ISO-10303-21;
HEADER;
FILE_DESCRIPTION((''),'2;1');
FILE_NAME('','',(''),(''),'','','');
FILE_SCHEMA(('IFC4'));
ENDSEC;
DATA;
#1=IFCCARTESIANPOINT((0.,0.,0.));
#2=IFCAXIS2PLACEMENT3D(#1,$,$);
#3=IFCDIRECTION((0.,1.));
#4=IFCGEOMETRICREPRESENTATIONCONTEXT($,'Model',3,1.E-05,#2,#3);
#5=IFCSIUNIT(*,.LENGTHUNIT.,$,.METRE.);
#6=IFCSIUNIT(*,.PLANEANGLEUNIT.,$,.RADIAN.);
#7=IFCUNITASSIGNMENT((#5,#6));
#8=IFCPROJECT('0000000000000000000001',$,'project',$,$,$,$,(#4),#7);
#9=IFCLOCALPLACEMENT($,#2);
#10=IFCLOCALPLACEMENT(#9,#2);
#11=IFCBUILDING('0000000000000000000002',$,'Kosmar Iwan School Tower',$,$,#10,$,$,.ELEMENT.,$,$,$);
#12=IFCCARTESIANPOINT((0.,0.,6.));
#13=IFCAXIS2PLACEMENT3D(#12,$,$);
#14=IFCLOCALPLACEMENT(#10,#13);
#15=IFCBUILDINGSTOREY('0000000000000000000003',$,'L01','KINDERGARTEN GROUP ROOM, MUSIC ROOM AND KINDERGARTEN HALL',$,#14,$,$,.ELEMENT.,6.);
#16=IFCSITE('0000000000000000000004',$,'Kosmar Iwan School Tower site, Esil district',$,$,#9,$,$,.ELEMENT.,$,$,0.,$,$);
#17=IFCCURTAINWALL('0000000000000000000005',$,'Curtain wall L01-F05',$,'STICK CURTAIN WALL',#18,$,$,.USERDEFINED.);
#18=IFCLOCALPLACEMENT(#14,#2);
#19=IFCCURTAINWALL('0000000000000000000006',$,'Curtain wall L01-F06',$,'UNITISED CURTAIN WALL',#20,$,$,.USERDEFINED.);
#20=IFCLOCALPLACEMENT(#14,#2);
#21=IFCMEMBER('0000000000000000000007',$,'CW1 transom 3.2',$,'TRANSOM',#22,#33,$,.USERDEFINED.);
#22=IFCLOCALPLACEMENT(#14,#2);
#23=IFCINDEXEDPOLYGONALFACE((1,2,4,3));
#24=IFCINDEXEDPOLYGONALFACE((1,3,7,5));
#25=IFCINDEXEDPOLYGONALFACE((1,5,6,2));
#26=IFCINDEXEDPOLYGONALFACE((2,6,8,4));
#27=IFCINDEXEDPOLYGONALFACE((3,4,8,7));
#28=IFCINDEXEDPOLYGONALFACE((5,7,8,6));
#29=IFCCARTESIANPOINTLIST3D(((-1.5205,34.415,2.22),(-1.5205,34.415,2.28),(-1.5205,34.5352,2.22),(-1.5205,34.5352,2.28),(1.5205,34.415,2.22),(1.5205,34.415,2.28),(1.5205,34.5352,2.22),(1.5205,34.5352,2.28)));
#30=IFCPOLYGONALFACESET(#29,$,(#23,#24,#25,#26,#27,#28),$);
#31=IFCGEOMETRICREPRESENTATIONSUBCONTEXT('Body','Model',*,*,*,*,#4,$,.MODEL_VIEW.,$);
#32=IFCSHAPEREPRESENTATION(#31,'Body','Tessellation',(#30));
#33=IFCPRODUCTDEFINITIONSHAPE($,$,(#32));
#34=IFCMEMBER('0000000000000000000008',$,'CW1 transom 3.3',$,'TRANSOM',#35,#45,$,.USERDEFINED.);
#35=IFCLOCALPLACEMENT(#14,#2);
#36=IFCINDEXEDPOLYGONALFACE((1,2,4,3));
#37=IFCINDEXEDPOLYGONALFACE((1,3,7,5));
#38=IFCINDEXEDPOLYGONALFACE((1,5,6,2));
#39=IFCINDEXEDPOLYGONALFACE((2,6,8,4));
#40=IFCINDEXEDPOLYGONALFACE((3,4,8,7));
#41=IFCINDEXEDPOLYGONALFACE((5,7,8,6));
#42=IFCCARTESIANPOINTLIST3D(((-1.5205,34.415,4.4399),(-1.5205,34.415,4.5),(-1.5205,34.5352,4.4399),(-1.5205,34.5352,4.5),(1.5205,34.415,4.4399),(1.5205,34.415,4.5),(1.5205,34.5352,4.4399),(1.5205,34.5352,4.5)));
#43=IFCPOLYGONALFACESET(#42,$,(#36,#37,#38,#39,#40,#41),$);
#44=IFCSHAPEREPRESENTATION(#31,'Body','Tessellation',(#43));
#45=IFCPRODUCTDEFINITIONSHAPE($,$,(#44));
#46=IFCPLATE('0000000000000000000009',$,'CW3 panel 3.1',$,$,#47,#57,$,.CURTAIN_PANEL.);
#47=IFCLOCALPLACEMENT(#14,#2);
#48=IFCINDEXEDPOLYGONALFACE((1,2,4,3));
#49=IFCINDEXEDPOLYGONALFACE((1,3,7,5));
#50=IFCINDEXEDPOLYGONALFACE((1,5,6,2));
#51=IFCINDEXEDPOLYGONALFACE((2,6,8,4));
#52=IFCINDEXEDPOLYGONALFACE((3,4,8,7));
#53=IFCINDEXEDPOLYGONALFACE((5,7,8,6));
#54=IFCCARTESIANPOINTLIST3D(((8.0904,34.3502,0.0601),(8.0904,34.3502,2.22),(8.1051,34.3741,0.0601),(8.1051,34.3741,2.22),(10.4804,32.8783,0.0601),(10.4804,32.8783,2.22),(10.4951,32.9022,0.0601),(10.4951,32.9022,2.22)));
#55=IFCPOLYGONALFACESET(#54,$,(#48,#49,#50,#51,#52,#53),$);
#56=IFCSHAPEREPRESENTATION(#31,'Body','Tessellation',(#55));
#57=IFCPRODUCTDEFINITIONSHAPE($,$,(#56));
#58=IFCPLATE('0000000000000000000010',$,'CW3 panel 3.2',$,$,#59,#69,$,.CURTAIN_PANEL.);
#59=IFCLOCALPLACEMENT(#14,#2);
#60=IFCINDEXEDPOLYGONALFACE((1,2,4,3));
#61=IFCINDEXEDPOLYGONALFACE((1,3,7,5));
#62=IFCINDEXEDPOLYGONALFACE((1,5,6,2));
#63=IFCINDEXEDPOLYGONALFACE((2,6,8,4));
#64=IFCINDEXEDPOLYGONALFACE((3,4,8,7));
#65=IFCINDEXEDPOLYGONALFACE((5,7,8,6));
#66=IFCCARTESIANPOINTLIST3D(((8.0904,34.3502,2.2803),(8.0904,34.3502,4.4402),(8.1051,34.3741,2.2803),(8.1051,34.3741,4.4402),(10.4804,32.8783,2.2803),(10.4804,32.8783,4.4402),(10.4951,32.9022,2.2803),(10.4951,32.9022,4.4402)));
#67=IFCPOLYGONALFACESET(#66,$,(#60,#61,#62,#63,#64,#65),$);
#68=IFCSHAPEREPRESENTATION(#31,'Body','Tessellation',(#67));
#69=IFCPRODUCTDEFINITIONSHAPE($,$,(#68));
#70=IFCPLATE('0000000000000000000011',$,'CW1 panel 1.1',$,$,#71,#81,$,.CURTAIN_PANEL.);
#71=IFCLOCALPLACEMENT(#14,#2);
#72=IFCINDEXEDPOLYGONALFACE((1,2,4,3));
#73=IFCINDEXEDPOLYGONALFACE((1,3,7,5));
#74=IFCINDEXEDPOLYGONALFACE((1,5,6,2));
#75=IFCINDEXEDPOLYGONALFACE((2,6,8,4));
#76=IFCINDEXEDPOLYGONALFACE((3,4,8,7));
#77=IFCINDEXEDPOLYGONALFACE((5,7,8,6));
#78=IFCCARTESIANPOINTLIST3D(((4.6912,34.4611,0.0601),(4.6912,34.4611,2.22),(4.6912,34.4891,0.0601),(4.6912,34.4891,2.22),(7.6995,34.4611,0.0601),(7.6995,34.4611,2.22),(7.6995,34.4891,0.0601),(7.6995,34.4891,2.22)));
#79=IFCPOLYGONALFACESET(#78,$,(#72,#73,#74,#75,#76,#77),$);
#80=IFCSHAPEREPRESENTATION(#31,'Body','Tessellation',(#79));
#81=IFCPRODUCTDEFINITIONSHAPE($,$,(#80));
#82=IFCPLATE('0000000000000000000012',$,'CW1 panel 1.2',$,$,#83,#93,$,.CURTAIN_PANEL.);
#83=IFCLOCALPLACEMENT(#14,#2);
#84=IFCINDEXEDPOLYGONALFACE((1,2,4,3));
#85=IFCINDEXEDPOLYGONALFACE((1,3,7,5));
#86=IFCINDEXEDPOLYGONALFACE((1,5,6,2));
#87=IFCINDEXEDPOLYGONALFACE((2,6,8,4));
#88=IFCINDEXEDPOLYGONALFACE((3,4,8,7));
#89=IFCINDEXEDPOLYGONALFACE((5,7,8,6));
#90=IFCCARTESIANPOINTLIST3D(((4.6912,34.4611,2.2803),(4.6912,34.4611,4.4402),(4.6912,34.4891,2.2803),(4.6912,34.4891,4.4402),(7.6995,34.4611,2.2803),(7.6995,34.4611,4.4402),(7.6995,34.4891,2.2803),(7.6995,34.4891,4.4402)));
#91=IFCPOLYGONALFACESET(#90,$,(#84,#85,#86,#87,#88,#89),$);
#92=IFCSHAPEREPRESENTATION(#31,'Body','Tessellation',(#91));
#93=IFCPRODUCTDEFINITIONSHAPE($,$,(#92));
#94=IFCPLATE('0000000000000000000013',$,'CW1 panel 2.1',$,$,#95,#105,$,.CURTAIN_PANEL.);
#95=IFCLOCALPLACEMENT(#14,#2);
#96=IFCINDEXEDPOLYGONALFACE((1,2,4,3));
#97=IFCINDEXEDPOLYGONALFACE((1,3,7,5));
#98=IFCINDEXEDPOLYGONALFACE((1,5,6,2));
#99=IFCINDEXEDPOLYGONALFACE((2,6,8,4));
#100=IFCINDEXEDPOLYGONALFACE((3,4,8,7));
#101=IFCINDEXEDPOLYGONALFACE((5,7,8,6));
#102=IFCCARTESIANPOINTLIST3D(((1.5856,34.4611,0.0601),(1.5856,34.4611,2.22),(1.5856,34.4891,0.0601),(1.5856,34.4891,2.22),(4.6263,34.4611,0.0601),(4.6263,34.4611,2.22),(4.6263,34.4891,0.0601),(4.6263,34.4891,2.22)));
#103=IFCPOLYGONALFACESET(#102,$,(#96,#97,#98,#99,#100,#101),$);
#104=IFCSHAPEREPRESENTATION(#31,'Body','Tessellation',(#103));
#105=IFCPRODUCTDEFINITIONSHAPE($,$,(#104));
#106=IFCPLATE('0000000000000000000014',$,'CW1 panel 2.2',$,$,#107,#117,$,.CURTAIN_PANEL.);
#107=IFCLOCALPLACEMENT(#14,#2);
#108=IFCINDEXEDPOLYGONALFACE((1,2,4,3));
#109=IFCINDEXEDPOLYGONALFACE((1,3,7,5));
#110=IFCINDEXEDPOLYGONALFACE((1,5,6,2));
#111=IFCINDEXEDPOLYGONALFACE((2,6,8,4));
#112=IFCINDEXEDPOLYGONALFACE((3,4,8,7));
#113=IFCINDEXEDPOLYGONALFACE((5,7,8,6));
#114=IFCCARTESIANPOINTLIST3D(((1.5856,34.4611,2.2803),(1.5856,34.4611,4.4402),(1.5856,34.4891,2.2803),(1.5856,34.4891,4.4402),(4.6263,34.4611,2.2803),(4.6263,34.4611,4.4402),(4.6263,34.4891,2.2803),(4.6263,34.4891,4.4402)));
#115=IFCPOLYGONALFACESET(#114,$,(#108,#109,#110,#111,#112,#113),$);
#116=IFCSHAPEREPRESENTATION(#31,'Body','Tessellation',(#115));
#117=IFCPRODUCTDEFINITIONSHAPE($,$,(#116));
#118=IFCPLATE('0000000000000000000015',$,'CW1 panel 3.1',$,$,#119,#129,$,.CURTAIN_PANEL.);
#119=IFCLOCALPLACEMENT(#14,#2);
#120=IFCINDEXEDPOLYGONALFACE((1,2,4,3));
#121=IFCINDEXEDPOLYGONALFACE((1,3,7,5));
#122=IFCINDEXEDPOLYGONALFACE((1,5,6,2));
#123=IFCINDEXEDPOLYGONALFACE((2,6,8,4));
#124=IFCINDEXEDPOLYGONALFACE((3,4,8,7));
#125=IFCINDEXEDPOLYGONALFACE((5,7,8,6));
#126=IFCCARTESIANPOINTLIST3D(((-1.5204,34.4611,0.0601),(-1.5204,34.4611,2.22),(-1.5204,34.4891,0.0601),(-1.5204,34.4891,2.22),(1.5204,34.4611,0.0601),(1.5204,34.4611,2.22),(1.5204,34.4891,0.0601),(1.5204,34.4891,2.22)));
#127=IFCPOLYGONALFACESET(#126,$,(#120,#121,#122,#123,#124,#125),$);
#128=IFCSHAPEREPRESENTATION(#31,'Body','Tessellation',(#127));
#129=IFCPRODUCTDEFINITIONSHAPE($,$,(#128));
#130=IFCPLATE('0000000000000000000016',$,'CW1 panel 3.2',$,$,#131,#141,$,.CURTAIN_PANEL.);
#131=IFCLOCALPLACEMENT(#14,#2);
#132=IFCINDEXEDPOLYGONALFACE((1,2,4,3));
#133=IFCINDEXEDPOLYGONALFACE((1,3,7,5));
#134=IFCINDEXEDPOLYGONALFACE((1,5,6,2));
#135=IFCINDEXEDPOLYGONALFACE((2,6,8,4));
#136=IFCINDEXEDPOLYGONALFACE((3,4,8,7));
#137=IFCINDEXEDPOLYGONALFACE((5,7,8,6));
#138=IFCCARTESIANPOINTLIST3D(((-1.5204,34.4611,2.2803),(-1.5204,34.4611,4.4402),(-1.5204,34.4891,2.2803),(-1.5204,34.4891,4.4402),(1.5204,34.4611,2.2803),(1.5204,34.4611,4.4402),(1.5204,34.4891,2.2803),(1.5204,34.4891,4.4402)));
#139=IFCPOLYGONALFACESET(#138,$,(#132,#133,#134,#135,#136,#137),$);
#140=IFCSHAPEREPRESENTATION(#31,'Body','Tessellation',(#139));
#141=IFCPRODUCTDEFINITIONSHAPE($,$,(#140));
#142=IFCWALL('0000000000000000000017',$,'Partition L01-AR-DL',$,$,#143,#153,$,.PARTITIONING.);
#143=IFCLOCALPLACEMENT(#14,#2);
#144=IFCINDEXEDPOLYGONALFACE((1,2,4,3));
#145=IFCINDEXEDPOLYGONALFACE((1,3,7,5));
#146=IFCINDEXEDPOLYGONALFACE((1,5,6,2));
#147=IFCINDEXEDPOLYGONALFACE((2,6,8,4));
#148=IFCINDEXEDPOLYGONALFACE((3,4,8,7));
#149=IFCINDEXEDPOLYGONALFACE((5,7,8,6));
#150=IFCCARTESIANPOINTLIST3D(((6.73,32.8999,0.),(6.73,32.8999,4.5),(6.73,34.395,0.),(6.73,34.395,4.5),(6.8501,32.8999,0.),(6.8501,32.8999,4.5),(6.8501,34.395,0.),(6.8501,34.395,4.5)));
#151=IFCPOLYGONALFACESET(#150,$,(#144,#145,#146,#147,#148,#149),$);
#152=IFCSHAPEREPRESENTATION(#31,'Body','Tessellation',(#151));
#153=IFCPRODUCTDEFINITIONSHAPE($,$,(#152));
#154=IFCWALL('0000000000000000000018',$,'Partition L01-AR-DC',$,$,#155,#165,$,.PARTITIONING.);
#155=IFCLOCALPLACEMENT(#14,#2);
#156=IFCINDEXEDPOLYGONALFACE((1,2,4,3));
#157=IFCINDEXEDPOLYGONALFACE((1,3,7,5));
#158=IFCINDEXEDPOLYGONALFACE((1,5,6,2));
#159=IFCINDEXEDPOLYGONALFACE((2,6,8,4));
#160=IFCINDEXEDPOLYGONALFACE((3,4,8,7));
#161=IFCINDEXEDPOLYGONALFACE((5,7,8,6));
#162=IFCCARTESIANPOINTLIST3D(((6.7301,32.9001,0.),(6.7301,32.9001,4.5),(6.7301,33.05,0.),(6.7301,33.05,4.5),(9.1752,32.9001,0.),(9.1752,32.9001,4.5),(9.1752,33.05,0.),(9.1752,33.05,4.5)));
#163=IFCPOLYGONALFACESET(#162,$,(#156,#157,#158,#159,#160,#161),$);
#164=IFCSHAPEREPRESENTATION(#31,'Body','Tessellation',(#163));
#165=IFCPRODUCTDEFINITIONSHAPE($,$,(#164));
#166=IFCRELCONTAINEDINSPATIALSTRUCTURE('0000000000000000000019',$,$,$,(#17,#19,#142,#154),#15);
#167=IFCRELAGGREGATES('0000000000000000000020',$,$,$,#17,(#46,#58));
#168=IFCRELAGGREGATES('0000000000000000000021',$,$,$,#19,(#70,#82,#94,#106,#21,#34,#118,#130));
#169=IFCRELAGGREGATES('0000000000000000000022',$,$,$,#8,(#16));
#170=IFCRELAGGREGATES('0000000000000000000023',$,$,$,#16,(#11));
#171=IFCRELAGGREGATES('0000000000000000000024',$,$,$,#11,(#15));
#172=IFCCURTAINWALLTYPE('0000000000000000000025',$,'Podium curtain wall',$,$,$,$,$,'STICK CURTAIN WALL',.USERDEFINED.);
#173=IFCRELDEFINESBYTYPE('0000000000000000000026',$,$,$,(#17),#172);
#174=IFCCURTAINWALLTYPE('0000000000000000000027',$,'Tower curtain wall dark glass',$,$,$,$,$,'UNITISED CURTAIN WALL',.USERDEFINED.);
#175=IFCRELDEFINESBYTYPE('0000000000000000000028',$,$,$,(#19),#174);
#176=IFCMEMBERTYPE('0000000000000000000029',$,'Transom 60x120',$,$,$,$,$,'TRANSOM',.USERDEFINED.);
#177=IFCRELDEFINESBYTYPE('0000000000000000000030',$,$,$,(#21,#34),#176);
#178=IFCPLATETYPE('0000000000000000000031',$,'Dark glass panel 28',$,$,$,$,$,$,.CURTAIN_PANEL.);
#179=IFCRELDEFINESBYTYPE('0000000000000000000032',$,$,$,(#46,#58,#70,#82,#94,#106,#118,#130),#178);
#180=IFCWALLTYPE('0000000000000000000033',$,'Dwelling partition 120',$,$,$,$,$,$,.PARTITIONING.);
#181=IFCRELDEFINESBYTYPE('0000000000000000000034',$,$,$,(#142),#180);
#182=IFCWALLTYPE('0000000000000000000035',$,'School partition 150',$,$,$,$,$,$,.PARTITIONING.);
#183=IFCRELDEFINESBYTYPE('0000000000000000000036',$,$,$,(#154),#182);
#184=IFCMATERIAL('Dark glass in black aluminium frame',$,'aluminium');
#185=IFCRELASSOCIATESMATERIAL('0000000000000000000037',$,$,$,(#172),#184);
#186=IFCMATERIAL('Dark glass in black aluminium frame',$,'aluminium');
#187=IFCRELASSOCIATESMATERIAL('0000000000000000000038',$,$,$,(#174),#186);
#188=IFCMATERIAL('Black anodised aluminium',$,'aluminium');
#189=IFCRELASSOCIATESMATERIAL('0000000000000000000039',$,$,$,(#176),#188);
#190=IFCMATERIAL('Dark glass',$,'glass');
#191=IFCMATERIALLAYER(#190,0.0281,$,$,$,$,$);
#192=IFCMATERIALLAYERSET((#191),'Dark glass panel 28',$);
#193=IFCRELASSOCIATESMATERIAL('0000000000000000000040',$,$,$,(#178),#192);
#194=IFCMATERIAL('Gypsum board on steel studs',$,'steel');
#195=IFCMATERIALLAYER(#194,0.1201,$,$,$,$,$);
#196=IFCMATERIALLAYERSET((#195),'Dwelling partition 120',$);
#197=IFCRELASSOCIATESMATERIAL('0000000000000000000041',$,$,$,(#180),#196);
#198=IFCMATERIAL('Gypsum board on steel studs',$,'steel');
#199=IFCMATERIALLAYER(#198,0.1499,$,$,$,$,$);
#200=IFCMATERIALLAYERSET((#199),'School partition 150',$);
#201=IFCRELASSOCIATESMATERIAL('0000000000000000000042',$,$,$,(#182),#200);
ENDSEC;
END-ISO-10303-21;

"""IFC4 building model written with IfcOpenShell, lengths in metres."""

from ifc_helpers import new_model, si_unit, direction, frame, frame_2d, origin, origin_2d, place, context, subcontext, project, spatial, rectangle, extrude, material, layer, layer_set, material_profile, profile_set, type_object, element, aggregate, save


model = new_model("IFC4")

# Units and contexts
model_context = context("Model", 3, precision=1e-05, world=origin(), true_north=direction((0.0, 1.0)))
body_context = subcontext(model_context, "Body", "Model", "MODEL_VIEW")
ifc_project = project(units=[si_unit("LENGTHUNIT", "METRE"), si_unit("PLANEANGLEUNIT", "RADIAN")], contexts=[model_context])

# Site, building, storey
site_placement = place(None, origin())
site = spatial("IfcSite", under=ifc_project, at=site_placement, Name="Kosmar Iwan School Tower site, Esil district", CompositionType="ELEMENT", RefElevation=0.0)
building_placement = place(site_placement, origin())
building = spatial("IfcBuilding", under=site, at=building_placement, Name="Kosmar Iwan School Tower", CompositionType="ELEMENT")
storey_placement = place(building_placement, frame((0.0, 0.0, 6.0)))
storey = spatial("IfcBuildingStorey", under=building, at=storey_placement, Name="L01", Description="KINDERGARTEN GROUP ROOM, MUSIC ROOM AND KINDERGARTEN HALL", CompositionType="ELEMENT", Elevation=6.0)

# Curtain wall
ifc_material_1 = material(Name="Dark glass in black aluminium frame", Category="aluminium")
curtain_wall_type_1 = type_object("IfcCurtainWallType", Name="Podium curtain wall", ElementType="STICK CURTAIN WALL", PredefinedType="USERDEFINED", material=ifc_material_1)
curtain_wall_1_placement = place(storey_placement, origin())
curtain_wall_1 = element("IfcCurtainWall", 1, at=curtain_wall_1_placement, inside=storey, type_object=curtain_wall_type_1, Name="Curtain wall L01-F05", ObjectType="STICK CURTAIN WALL", PredefinedType="USERDEFINED")

# Curtain wall
ifc_material_2 = material(Name="Dark glass in black aluminium frame", Category="aluminium")
curtain_wall_type_2 = type_object("IfcCurtainWallType", Name="Tower curtain wall dark glass", ElementType="UNITISED CURTAIN WALL", PredefinedType="USERDEFINED", material=ifc_material_2)
curtain_wall_2_placement = place(storey_placement, origin())
curtain_wall_2 = element("IfcCurtainWall", 2, at=curtain_wall_2_placement, inside=storey, type_object=curtain_wall_type_2, Name="Curtain wall L01-F06", ObjectType="UNITISED CURTAIN WALL", PredefinedType="USERDEFINED")

# Members
ifc_material_3 = material(Name="Black anodised aluminium", Category="aluminium")
ifc_material_profile_1 = material_profile(ifc_material_3, rectangle(XDim=0.1201, YDim=0.0601, at=origin_2d()), Name="TRANSOM 60x120")
ifc_profile_set_1 = profile_set([ifc_material_profile_1], Name="Black anodised aluminium")
member_type_1 = type_object("IfcMemberType", Name="Transom 60x120", ElementType="TRANSOM", PredefinedType="USERDEFINED", material=ifc_profile_set_1)
member_1_placement = place(storey_placement, frame((1.5205, 34.4751, 2.25), z_axis=(-1.0, 0.0, 0.0), x_axis=(0.0, -1.0, 0.0)))
member_1 = element("IfcMember", 3, at=member_1_placement, type_object=member_type_1, Name="CW1 transom 3.2", ObjectType="TRANSOM", PredefinedType="USERDEFINED", context=body_context, shape_type="SweptSolid", body=[
    extrude(rectangle(XDim=0.1201, YDim=0.0601, at=origin_2d()), origin(), (0.0, 0.0, 1.0), 3.041),
])
member_2_placement = place(storey_placement, frame((1.5205, 34.4751, 4.47), z_axis=(-1.0, 0.0, 0.0), x_axis=(0.0, -1.0, 0.0)))
member_2 = element("IfcMember", 4, at=member_2_placement, type_object=member_type_1, Name="CW1 transom 3.3", ObjectType="TRANSOM", PredefinedType="USERDEFINED", context=body_context, shape_type="SweptSolid", body=[
    extrude(rectangle(XDim=0.1201, YDim=0.0601, at=origin_2d()), origin(), (0.0, 0.0, 1.0), 3.041),
])

# Plates
ifc_material_4 = material(Name="Dark glass", Category="glass")
ifc_layer_1 = layer(ifc_material_4, 0.0281)
ifc_layer_set_1 = layer_set([ifc_layer_1], Name="Dark glass panel 28")
plate_type = type_object("IfcPlateType", Name="Dark glass panel 28", PredefinedType="CURTAIN_PANEL", material=ifc_layer_set_1)
plate_1_placement = place(storey_placement, frame((9.2927, 33.6262, 0.0601), z_axis=(0.0, 0.0, 1.0), x_axis=(-0.851483, 0.524382, 0.0)))
plate_1 = element("IfcPlate", 5, at=plate_1_placement, type_object=plate_type, Name="CW3 panel 3.1", PredefinedType="CURTAIN_PANEL", context=body_context, shape_type="SweptSolid", body=[
    extrude(rectangle(XDim=2.8069, YDim=0.0281, at=origin_2d()), origin(), (0.0, 0.0, 1.0), 2.1599),
])
plate_2_placement = place(storey_placement, frame((9.2927, 33.6262, 2.2803), z_axis=(0.0, 0.0, 1.0), x_axis=(-0.851483, 0.524382, 0.0)))
plate_2 = element("IfcPlate", 6, at=plate_2_placement, type_object=plate_type, Name="CW3 panel 3.2", PredefinedType="CURTAIN_PANEL", context=body_context, shape_type="SweptSolid", body=[
    extrude(rectangle(XDim=2.8069, YDim=0.0281, at=origin_2d()), origin(), (0.0, 0.0, 1.0), 2.1599),
])
aggregate(curtain_wall_1, [plate_1, plate_2])
plate_3_placement = place(storey_placement, frame((6.1953, 34.4751, 0.0601), z_axis=(0.0, 0.0, 1.0), x_axis=(-1.0, 0.0, 0.0)))
plate_3 = element("IfcPlate", 7, at=plate_3_placement, type_object=plate_type, Name="CW1 panel 1.1", PredefinedType="CURTAIN_PANEL", context=body_context, shape_type="SweptSolid", body=[
    extrude(rectangle(XDim=3.0083, YDim=0.0281, at=origin_2d()), origin(), (0.0, 0.0, 1.0), 2.1599),
])
plate_4_placement = place(storey_placement, frame((6.1953, 34.4751, 2.2803), z_axis=(0.0, 0.0, 1.0), x_axis=(-1.0, 0.0, 0.0)))
plate_4 = element("IfcPlate", 8, at=plate_4_placement, type_object=plate_type, Name="CW1 panel 1.2", PredefinedType="CURTAIN_PANEL", context=body_context, shape_type="SweptSolid", body=[
    extrude(rectangle(XDim=3.0083, YDim=0.0281, at=origin_2d()), origin(), (0.0, 0.0, 1.0), 2.1599),
])
plate_5_placement = place(storey_placement, frame((3.106, 34.4751, 0.0601), z_axis=(0.0, 0.0, 1.0), x_axis=(-1.0, 0.0, 0.0)))
plate_5 = element("IfcPlate", 9, at=plate_5_placement, type_object=plate_type, Name="CW1 panel 2.1", PredefinedType="CURTAIN_PANEL", context=body_context, shape_type="SweptSolid", body=[
    extrude(rectangle(XDim=3.0408, YDim=0.0281, at=origin_2d()), origin(), (0.0, 0.0, 1.0), 2.1599),
])
plate_6_placement = place(storey_placement, frame((3.106, 34.4751, 2.2803), z_axis=(0.0, 0.0, 1.0), x_axis=(-1.0, 0.0, 0.0)))
plate_6 = element("IfcPlate", 10, at=plate_6_placement, type_object=plate_type, Name="CW1 panel 2.2", PredefinedType="CURTAIN_PANEL", context=body_context, shape_type="SweptSolid", body=[
    extrude(rectangle(XDim=3.0408, YDim=0.0281, at=origin_2d()), origin(), (0.0, 0.0, 1.0), 2.1599),
])
plate_7_placement = place(storey_placement, frame((0.0, 34.4751, 0.0601), z_axis=(0.0, 0.0, 1.0), x_axis=(-1.0, 0.0, 0.0)))
plate_7 = element("IfcPlate", 11, at=plate_7_placement, type_object=plate_type, Name="CW1 panel 3.1", PredefinedType="CURTAIN_PANEL", context=body_context, shape_type="SweptSolid", body=[
    extrude(rectangle(XDim=3.0408, YDim=0.0281, at=origin_2d()), origin(), (0.0, 0.0, 1.0), 2.1599),
])
plate_8_placement = place(storey_placement, frame((0.0, 34.4751, 2.2803), z_axis=(0.0, 0.0, 1.0), x_axis=(-1.0, 0.0, 0.0)))
plate_8 = element("IfcPlate", 12, at=plate_8_placement, type_object=plate_type, Name="CW1 panel 3.2", PredefinedType="CURTAIN_PANEL", context=body_context, shape_type="SweptSolid", body=[
    extrude(rectangle(XDim=3.0408, YDim=0.0281, at=origin_2d()), origin(), (0.0, 0.0, 1.0), 2.1599),
])
aggregate(curtain_wall_2, [plate_3, plate_4, plate_5, plate_6, member_1, member_2, plate_7, plate_8])

# Walls
ifc_material_5 = material(Name="Gypsum board on steel studs", Category="steel")
ifc_layer_2 = layer(ifc_material_5, 0.1201)
ifc_layer_set_2 = layer_set([ifc_layer_2], Name="Dwelling partition 120")
wall_type_1 = type_object("IfcWallType", Name="Dwelling partition 120", PredefinedType="PARTITIONING", material=ifc_layer_set_2)
wall_1_placement = place(storey_placement, frame((6.79, 32.8999, 0.0), z_axis=(0.0, 0.0, 1.0), x_axis=(0.0, 1.0, 0.0)))
element("IfcWall", 13, at=wall_1_placement, inside=storey, type_object=wall_type_1, Name="Partition L01-AR-DL", PredefinedType="PARTITIONING", context=body_context, shape_type="SweptSolid", body=[
    extrude(rectangle(XDim=1.4951, YDim=0.1201, at=frame_2d((0.7476, 0.0))), origin(), (0.0, 0.0, 1.0), 4.5),
])
ifc_material_6 = material(Name="Gypsum board on steel studs", Category="steel")
ifc_layer_3 = layer(ifc_material_6, 0.1499)
ifc_layer_set_3 = layer_set([ifc_layer_3], Name="School partition 150")
wall_type_2 = type_object("IfcWallType", Name="School partition 150", PredefinedType="PARTITIONING", material=ifc_layer_set_3)
wall_2_placement = place(storey_placement, frame((6.73, 32.9751, 0.0), z_axis=(0.0, 0.0, 1.0), x_axis=(1.0, 0.0, 0.0)))
element("IfcWall", 14, at=wall_2_placement, inside=storey, type_object=wall_type_2, Name="Partition L01-AR-DC", PredefinedType="PARTITIONING", context=body_context, shape_type="SweptSolid", body=[
    extrude(rectangle(XDim=2.4451, YDim=0.1499, at=frame_2d((1.2227, 0.0))), origin(), (0.0, 0.0, 1.0), 4.5),
])

save(model, "model.ifc")
